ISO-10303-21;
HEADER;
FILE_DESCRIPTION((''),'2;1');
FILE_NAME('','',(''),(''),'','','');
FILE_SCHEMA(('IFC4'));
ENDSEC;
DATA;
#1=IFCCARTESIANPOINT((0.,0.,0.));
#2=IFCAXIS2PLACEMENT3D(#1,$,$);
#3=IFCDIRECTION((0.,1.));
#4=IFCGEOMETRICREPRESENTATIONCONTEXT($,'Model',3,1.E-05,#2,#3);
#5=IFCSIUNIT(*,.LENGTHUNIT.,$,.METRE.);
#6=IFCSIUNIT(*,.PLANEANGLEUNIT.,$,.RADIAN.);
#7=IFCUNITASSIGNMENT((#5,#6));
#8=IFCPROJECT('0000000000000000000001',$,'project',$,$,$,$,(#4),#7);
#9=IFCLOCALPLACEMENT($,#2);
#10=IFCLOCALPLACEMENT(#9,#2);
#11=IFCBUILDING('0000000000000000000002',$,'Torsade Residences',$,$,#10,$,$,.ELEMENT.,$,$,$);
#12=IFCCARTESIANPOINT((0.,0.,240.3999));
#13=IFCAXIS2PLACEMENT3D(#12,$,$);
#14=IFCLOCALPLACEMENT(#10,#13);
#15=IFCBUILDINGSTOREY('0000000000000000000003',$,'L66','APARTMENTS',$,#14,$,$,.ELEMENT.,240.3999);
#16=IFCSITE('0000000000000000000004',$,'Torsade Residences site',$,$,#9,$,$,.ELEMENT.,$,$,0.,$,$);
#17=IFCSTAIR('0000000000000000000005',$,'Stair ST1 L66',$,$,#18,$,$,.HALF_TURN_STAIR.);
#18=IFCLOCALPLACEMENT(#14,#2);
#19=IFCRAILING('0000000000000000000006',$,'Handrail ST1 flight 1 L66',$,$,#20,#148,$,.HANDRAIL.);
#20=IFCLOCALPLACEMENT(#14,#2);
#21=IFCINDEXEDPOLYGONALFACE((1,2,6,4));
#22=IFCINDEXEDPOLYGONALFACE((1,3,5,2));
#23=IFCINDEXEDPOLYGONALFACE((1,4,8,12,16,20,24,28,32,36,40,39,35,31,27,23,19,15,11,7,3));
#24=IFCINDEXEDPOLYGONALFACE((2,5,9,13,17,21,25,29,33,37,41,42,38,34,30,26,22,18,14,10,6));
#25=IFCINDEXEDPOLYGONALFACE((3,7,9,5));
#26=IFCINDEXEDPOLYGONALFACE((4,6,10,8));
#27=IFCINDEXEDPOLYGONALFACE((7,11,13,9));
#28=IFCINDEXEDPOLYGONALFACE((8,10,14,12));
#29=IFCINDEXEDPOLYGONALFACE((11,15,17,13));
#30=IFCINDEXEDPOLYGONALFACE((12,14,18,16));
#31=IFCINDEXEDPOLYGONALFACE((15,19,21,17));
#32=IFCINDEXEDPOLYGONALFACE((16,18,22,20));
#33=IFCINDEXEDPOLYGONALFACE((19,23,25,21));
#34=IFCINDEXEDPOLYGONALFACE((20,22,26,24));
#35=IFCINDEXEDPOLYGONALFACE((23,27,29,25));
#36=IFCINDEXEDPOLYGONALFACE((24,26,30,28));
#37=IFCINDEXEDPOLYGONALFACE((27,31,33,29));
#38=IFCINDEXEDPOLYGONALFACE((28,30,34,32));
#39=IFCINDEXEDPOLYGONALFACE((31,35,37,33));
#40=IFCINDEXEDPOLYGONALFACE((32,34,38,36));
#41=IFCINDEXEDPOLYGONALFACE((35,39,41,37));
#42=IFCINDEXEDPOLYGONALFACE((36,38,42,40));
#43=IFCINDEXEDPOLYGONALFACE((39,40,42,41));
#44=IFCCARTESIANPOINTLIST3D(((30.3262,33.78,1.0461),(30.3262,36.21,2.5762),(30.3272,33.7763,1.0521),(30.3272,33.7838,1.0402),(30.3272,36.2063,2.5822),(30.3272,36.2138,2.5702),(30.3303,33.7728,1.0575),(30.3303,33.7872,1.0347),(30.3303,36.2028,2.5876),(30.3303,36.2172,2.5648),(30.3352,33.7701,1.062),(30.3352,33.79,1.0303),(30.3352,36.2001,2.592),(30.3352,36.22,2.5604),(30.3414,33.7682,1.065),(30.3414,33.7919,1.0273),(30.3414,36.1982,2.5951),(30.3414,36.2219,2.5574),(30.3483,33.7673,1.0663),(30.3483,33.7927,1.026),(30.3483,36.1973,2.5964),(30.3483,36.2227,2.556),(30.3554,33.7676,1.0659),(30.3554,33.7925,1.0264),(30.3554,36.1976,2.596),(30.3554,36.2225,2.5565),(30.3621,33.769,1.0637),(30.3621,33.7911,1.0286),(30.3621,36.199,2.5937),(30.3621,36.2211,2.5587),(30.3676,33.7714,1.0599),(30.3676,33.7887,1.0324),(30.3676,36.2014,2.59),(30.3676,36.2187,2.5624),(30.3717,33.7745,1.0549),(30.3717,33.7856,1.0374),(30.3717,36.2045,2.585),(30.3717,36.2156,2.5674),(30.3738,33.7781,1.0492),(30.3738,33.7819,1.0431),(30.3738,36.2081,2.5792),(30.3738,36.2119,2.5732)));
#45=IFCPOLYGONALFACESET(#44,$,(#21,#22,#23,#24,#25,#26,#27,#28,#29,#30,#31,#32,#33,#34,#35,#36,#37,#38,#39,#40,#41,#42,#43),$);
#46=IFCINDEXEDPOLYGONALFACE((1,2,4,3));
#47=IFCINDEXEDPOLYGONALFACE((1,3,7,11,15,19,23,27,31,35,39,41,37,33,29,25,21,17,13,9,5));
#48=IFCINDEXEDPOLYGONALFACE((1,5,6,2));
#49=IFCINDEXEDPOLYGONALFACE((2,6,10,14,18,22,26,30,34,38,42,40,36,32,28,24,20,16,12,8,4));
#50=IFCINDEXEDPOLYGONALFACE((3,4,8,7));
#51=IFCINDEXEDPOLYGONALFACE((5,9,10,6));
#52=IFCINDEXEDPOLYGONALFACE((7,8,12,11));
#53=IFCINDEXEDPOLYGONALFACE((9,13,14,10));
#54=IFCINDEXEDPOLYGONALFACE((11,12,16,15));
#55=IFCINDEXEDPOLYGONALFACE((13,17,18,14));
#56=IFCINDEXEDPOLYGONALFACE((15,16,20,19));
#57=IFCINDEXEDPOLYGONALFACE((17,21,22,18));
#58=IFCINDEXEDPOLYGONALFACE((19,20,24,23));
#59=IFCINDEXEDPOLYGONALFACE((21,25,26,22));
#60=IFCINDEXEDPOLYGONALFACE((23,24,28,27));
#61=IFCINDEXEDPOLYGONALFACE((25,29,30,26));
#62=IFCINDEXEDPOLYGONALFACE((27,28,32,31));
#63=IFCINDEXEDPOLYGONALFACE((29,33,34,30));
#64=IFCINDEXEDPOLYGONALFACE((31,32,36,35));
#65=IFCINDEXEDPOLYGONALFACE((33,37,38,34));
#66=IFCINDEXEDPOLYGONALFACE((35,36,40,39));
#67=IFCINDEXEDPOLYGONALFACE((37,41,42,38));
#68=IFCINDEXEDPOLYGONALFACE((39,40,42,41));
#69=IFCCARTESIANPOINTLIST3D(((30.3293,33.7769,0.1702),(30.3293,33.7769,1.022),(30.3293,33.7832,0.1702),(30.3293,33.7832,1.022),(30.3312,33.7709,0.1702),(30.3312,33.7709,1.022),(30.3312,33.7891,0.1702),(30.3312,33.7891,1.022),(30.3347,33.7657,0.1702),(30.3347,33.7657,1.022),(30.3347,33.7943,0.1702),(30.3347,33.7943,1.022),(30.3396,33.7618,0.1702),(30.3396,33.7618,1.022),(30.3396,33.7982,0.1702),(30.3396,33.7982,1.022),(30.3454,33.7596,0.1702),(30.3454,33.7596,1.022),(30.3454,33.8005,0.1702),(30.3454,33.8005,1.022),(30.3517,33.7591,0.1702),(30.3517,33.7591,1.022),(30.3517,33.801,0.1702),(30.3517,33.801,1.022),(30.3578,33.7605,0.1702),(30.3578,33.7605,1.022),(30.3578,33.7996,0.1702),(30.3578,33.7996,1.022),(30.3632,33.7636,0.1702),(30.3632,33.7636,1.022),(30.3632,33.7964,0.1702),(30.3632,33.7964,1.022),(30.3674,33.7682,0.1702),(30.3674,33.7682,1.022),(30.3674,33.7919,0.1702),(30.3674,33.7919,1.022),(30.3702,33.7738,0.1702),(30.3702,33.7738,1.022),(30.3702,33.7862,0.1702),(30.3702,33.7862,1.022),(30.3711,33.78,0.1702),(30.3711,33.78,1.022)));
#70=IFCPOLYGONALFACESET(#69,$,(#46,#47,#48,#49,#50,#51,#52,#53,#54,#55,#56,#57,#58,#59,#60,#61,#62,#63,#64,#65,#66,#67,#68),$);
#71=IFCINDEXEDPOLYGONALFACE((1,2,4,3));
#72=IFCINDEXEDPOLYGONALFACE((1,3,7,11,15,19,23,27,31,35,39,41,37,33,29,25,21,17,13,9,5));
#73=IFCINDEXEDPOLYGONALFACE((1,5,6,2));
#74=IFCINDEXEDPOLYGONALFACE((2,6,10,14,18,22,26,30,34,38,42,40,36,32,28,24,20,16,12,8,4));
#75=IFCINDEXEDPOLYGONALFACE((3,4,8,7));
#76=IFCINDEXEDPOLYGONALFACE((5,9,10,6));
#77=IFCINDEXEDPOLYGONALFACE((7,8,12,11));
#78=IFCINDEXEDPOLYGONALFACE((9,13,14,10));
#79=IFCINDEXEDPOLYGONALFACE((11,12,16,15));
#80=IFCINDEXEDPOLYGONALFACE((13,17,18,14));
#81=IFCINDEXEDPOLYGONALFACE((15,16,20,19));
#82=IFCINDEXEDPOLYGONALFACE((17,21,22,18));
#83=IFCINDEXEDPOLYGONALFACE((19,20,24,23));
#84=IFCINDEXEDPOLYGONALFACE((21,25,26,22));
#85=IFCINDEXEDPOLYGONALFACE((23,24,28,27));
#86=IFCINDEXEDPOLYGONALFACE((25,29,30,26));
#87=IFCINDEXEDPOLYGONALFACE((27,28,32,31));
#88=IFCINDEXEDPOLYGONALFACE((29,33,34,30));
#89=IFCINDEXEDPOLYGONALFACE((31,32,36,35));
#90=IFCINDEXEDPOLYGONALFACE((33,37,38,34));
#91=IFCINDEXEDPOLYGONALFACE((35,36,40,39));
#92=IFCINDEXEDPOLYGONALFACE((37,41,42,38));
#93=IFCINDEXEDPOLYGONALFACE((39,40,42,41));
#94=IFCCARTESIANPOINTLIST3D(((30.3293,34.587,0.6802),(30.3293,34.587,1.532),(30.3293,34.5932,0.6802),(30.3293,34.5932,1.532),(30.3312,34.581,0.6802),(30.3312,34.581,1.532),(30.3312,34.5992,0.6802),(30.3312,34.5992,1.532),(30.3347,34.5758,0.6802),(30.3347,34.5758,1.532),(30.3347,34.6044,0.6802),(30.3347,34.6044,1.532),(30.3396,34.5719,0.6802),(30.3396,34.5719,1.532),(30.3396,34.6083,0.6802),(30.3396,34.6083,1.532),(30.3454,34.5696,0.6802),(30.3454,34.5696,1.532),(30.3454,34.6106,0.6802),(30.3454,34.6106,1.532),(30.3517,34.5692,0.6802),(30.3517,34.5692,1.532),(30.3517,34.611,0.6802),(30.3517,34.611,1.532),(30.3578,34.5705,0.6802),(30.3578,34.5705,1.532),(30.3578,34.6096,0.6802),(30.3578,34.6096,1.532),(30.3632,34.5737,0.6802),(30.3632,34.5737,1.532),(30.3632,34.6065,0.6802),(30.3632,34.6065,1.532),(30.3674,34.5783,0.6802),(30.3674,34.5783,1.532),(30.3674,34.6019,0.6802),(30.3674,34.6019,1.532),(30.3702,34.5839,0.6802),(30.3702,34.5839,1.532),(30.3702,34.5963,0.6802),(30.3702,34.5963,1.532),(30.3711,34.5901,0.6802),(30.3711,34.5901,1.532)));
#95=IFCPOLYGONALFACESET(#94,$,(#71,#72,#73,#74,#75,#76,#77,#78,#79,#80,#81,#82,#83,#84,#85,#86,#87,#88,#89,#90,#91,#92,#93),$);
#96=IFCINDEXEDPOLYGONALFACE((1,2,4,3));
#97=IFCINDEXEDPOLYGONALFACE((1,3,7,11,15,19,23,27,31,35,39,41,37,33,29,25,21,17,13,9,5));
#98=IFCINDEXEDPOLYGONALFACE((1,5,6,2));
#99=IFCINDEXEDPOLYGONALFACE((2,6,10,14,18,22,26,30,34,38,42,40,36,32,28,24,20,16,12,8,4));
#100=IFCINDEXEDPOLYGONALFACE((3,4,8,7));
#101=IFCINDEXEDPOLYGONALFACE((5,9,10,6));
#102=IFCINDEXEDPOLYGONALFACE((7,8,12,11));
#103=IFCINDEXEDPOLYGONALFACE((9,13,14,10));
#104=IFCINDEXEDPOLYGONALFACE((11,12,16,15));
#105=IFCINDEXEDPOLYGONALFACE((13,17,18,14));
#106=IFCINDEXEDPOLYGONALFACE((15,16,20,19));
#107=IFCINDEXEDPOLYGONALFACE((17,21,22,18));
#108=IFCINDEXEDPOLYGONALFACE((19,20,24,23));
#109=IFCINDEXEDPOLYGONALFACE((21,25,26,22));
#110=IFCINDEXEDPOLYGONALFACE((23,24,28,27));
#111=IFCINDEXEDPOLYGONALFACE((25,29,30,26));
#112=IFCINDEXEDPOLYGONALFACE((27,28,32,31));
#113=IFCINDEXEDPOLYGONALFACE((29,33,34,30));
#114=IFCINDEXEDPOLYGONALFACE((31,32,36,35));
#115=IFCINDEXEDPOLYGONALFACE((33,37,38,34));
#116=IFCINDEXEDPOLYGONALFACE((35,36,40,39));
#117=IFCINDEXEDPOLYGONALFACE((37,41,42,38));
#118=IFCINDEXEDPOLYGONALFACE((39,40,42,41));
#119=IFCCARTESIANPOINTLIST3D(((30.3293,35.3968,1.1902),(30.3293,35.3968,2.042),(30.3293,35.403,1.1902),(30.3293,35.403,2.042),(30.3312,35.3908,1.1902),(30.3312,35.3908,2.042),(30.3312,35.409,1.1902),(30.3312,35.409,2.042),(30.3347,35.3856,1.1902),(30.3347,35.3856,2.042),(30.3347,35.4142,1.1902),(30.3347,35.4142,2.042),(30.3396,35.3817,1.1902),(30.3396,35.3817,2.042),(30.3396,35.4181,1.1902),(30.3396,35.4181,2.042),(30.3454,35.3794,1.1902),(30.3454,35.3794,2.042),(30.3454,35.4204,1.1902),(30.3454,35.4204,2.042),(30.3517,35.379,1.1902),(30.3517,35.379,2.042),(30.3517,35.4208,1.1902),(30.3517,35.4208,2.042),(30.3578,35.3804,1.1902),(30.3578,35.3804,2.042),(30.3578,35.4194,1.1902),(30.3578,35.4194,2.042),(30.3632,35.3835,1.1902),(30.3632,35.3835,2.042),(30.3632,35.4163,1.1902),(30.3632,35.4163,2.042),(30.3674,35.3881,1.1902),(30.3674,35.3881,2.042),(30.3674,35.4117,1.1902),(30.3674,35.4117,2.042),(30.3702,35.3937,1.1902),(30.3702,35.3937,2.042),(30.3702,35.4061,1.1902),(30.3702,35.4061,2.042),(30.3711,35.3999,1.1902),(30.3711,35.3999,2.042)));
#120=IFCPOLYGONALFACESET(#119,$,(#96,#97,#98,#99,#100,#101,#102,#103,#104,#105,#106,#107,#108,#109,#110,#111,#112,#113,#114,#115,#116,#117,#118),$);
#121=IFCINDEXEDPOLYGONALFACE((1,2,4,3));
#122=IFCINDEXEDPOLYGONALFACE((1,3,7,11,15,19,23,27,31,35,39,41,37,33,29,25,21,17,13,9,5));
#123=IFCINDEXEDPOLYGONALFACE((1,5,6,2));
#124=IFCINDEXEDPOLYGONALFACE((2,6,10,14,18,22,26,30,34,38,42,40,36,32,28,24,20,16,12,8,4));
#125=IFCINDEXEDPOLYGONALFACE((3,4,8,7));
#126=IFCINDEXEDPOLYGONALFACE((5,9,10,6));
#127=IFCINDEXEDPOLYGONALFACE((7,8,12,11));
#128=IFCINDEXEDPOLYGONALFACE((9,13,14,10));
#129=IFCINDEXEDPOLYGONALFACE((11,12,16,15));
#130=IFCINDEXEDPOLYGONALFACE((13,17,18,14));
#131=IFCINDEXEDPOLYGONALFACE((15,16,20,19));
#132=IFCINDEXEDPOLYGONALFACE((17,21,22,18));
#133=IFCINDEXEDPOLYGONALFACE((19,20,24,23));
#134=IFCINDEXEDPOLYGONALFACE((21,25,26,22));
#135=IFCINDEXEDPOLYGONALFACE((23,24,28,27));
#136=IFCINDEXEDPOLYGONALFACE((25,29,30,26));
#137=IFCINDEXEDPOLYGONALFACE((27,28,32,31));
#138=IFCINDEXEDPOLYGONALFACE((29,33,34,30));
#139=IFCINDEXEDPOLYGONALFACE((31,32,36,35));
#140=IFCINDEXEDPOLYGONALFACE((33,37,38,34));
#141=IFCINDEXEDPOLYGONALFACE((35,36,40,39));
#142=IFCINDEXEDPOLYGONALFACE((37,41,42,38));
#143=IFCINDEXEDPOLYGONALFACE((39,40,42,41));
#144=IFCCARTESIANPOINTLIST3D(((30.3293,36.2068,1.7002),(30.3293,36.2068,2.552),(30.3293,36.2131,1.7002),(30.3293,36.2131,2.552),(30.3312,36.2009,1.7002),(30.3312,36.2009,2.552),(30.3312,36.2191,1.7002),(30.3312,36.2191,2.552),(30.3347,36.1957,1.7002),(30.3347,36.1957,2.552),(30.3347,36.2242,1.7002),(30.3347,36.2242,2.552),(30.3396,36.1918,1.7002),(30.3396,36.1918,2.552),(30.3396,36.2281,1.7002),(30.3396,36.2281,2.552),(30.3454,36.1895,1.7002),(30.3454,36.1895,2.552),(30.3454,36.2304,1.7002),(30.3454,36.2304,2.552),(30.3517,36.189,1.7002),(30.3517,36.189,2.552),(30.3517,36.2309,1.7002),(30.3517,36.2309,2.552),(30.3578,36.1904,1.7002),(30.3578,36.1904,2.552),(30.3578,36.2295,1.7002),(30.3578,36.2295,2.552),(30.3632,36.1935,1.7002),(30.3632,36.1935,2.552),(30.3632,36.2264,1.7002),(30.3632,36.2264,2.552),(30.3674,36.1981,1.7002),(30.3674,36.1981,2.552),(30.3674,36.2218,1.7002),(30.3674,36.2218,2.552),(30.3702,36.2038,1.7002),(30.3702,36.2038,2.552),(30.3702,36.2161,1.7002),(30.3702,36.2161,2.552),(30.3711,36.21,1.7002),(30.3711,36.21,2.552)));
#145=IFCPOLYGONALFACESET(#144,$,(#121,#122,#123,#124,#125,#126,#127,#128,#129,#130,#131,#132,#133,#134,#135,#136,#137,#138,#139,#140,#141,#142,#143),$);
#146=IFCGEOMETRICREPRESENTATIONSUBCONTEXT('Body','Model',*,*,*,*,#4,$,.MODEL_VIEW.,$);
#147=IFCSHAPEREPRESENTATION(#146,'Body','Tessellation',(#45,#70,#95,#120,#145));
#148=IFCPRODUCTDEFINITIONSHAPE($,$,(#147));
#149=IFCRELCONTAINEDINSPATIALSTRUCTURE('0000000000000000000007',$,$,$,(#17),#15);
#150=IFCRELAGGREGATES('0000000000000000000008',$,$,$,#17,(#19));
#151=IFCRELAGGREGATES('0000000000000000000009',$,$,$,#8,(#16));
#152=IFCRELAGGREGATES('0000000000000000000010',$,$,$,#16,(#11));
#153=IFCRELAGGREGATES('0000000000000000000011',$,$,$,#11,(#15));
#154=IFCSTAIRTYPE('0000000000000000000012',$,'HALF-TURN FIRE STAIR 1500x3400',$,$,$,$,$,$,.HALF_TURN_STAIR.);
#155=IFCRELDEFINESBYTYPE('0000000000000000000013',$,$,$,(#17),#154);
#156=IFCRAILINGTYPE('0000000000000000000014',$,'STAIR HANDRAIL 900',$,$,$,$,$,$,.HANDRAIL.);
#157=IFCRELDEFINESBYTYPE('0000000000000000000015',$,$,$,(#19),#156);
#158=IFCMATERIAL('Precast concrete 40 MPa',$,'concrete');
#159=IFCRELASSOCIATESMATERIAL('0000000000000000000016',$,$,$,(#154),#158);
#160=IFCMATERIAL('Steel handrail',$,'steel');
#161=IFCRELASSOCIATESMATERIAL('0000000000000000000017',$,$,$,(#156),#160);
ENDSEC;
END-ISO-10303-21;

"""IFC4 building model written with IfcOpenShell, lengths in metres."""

from ifc_helpers import new_model, si_unit, direction, frame, origin, origin_2d, place, context, subcontext, project, spatial, circle, extrude, material, type_object, element, aggregate, save


model = new_model("IFC4")

# Units and contexts
model_context = context("Model", 3, precision=1e-05, world=origin(), true_north=direction((0.0, 1.0)))
body_context = subcontext(model_context, "Body", "Model", "MODEL_VIEW")
ifc_project = project(units=[si_unit("LENGTHUNIT", "METRE"), si_unit("PLANEANGLEUNIT", "RADIAN")], contexts=[model_context])

# Site, building, storey
site_placement = place(None, origin())
site = spatial("IfcSite", under=ifc_project, at=site_placement, Name="Torsade Residences site", CompositionType="ELEMENT", RefElevation=0.0)
building_placement = place(site_placement, origin())
building = spatial("IfcBuilding", under=site, at=building_placement, Name="Torsade Residences", CompositionType="ELEMENT")
storey_placement = place(building_placement, frame((0.0, 0.0, 240.3999)))
storey = spatial("IfcBuildingStorey", under=building, at=storey_placement, Name="L66", Description="APARTMENTS", CompositionType="ELEMENT", Elevation=240.3999)

# Stair, railing
ifc_material_1 = material(Name="Precast concrete 40 MPa", Category="concrete")
stair_type = type_object("IfcStairType", Name="HALF-TURN FIRE STAIR 1500x3400", PredefinedType="HALF_TURN_STAIR", material=ifc_material_1)
stair_placement = place(storey_placement, origin())
stair = element("IfcStair", 1, at=stair_placement, inside=storey, type_object=stair_type, Name="Stair ST1 L66", PredefinedType="HALF_TURN_STAIR")
ifc_material_2 = material(Name="Steel handrail", Category="steel")
railing_type = type_object("IfcRailingType", Name="STAIR HANDRAIL 900", PredefinedType="HANDRAIL", material=ifc_material_2)
railing_1_placement = place(storey_placement, frame((30.3501, 33.78, 0.1702)))
railing_1 = element("IfcRailing", 2, at=railing_1_placement, type_object=railing_type, Name="Handrail ST1 flight 1 L66", PredefinedType="HANDRAIL", context=body_context, shape_type="SweptSolid", body=[
    extrude(circle(Radius=0.0239, at=origin_2d()), frame((0.0, 0.0, 0.876), z_axis=(0.0, 0.846221, 0.532831), x_axis=(-1.0, 0.0, 0.0)), (0.0, 0.0, 1.0), 2.8716),
    extrude(circle(Radius=0.021, at=origin_2d()), origin(), (0.0, 0.0, 1.0), 0.8518),
    extrude(circle(Radius=0.021, at=origin_2d()), frame((0.0, 0.8101, 0.51)), (0.0, 0.0, 1.0), 0.8518),
    extrude(circle(Radius=0.021, at=origin_2d()), frame((0.0, 1.6199, 1.02)), (0.0, 0.0, 1.0), 0.8518),
    extrude(circle(Radius=0.021, at=origin_2d()), frame((0.0, 2.4299, 1.53)), (0.0, 0.0, 1.0), 0.8518),
])
aggregate(stair, [railing_1])

save(model, "model.ifc")
